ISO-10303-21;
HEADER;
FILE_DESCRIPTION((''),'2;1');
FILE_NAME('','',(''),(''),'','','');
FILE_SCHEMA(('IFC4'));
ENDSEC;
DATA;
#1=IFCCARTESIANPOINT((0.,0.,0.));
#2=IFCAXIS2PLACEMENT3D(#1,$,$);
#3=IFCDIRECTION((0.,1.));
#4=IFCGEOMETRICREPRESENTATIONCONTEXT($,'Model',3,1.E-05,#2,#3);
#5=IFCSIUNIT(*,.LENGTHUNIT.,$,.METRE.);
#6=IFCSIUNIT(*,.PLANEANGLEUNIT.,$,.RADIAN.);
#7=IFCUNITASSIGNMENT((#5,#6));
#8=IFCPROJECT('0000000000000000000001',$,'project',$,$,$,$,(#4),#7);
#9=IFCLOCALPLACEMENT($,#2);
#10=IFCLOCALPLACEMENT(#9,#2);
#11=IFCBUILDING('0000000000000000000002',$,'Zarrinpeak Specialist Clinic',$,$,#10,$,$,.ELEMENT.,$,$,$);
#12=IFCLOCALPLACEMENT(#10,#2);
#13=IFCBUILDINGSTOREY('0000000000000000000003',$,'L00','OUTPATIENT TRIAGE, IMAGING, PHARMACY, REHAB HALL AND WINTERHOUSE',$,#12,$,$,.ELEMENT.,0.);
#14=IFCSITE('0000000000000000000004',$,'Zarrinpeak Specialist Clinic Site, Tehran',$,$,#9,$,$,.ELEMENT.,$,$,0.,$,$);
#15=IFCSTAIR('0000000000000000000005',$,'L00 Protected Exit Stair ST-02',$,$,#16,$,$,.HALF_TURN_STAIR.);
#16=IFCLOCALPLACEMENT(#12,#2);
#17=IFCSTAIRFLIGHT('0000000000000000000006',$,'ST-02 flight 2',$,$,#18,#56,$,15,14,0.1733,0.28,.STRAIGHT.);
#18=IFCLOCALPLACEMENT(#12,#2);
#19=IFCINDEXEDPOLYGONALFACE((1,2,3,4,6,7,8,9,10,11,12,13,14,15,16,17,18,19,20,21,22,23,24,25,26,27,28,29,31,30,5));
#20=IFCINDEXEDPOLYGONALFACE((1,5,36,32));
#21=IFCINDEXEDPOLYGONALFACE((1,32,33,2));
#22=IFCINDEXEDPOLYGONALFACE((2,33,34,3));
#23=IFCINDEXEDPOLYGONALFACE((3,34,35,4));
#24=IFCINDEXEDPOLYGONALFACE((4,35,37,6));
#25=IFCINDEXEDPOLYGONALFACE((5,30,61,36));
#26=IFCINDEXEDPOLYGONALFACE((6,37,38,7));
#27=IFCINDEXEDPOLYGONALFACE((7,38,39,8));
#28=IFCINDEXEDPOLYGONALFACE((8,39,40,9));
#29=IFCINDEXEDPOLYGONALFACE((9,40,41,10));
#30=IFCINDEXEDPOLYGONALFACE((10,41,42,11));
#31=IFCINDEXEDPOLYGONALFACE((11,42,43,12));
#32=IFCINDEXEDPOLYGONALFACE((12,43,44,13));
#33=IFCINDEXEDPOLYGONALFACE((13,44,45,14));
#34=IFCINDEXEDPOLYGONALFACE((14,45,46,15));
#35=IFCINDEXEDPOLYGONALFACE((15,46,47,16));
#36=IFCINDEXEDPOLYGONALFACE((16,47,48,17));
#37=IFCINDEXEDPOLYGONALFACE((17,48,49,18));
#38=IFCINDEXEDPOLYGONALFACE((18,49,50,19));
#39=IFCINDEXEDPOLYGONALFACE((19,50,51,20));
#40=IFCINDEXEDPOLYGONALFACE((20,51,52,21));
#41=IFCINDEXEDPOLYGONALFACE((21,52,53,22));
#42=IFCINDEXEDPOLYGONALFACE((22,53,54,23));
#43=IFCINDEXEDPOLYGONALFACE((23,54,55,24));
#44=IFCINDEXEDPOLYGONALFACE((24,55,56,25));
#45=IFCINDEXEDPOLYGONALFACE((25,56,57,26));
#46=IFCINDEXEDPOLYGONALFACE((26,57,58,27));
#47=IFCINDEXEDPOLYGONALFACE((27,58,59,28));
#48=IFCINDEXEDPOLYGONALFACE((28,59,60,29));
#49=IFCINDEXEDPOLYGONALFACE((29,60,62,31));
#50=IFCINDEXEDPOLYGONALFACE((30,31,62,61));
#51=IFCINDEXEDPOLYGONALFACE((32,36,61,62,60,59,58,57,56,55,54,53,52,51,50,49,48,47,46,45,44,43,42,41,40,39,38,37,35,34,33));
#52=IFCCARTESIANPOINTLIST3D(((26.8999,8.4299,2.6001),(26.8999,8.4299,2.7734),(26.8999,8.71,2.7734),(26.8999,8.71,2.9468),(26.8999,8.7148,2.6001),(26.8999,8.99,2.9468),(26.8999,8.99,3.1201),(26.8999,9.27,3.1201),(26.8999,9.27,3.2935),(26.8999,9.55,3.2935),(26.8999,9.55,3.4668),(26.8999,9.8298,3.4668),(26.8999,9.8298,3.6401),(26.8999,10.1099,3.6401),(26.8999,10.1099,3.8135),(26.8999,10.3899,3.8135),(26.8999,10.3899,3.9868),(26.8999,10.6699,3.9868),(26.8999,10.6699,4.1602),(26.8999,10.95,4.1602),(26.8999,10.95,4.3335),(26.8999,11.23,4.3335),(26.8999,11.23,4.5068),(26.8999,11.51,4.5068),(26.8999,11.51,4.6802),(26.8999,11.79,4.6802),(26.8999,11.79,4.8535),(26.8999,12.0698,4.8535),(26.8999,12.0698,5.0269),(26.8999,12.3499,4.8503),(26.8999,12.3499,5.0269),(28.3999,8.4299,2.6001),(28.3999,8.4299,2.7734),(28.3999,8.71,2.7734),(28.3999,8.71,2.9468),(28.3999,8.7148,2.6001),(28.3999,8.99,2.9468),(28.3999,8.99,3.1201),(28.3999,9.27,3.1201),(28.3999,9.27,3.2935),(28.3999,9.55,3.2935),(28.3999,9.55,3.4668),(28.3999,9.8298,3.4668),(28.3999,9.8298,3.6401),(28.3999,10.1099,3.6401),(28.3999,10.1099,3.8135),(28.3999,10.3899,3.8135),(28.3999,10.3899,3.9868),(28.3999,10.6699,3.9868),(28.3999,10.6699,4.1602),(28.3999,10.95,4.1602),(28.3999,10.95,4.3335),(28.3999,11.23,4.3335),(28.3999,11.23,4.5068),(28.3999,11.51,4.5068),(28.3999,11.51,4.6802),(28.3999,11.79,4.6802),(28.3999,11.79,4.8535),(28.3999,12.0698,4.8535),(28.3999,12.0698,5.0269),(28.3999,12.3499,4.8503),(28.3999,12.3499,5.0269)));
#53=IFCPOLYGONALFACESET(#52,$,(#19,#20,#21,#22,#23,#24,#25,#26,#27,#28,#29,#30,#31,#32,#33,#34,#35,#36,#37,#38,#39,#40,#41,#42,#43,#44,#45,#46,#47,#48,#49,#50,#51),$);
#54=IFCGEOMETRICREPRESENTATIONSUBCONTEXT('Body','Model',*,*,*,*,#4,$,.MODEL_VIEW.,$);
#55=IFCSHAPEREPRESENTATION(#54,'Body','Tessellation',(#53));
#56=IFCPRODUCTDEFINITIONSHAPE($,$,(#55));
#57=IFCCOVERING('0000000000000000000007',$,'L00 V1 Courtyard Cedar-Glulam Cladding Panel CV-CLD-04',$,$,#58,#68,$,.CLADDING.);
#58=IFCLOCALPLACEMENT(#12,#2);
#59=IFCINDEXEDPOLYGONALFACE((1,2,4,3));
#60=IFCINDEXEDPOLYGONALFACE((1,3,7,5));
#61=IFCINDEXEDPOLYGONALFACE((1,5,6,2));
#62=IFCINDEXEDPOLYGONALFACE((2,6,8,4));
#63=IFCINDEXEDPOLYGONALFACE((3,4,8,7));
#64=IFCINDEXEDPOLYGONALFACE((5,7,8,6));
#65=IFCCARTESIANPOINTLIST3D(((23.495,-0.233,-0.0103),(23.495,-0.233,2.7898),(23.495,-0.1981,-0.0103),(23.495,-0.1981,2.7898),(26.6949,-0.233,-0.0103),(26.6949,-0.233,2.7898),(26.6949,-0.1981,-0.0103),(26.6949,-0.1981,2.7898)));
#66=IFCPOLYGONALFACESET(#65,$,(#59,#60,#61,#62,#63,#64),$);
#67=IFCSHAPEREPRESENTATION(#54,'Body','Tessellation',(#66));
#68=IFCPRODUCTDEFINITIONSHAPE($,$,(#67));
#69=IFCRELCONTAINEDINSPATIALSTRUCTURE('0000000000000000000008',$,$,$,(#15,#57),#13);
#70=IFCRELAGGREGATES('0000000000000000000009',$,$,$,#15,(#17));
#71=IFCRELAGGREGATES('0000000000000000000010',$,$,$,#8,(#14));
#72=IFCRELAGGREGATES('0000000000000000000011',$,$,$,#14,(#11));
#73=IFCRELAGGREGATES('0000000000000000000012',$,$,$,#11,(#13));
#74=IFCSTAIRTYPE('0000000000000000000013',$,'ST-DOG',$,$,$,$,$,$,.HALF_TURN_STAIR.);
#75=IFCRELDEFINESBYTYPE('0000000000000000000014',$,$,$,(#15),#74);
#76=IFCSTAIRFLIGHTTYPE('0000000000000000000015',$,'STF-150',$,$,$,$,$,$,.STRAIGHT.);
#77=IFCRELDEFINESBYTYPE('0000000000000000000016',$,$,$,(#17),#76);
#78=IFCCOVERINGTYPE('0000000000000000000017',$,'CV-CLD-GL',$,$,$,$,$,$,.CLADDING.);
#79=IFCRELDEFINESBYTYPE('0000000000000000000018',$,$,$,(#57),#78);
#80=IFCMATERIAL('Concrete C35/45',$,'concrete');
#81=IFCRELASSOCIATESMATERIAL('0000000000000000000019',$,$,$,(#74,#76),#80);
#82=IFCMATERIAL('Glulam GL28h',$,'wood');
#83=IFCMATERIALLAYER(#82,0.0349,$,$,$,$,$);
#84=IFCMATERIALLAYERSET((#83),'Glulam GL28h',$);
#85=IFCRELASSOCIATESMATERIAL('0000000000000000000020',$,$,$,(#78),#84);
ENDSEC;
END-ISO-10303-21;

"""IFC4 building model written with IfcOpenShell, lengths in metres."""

from ifc_helpers import new_model, si_unit, direction, frame, origin, origin_2d, place, context, subcontext, project, spatial, polyline, rectangle, outline, extrude, material, layer, layer_set, type_object, element, aggregate, save


model = new_model("IFC4")

# Units and contexts
model_context = context("Model", 3, precision=1e-05, world=origin(), true_north=direction((0.0, 1.0)))
body_context = subcontext(model_context, "Body", "Model", "MODEL_VIEW")
ifc_project = project(units=[si_unit("LENGTHUNIT", "METRE"), si_unit("PLANEANGLEUNIT", "RADIAN")], contexts=[model_context])

# Site, building, storey
site_placement = place(None, origin())
site = spatial("IfcSite", under=ifc_project, at=site_placement, Name="Zarrinpeak Specialist Clinic Site, Tehran", CompositionType="ELEMENT", RefElevation=0.0)
building_placement = place(site_placement, origin())
building = spatial("IfcBuilding", under=site, at=building_placement, Name="Zarrinpeak Specialist Clinic", CompositionType="ELEMENT")
storey_placement = place(building_placement, origin())
storey = spatial("IfcBuildingStorey", under=building, at=storey_placement, Name="L00", Description="OUTPATIENT TRIAGE, IMAGING, PHARMACY, REHAB HALL AND WINTERHOUSE", CompositionType="ELEMENT", Elevation=0.0)

# Stair, stair flight
ifc_material_1 = material(Name="Concrete C35/45", Category="concrete")
stair_type = type_object("IfcStairType", Name="ST-DOG", PredefinedType="HALF_TURN_STAIR", material=ifc_material_1)
stair_placement = place(storey_placement, origin())
stair = element("IfcStair", 1, at=stair_placement, inside=storey, type_object=stair_type, Name="L00 Protected Exit Stair ST-02", PredefinedType="HALF_TURN_STAIR")
stair_flight_type = type_object("IfcStairFlightType", Name="STF-150", PredefinedType="STRAIGHT", material=ifc_material_1)
stair_flight_1_placement = place(storey_placement, frame((27.6499, 8.4299, 2.6001), z_axis=(0.0, 0.0, 1.0), x_axis=(0.0, 1.0, 0.0)))
stair_flight_1 = element("IfcStairFlight", 2, at=stair_flight_1_placement, type_object=stair_flight_type, Name="ST-02 flight 2", NumberOfRisers=15, NumberOfTreads=14, PredefinedType="STRAIGHT", RiserHeight=0.1733, TreadLength=0.28, context=body_context, shape_type="SweptSolid", body=[
    extrude(outline(polyline([(0.0, 0.0), (0.0, 0.1733), (0.28, 0.1733), (0.28, 0.3467), (0.5601, 0.3467), (0.5601, 0.52), (0.8401, 0.52), (0.8401, 0.6934), (1.1201, 0.6934), (1.1201, 0.8667), (1.3999, 0.8667), (1.3999, 1.04), (1.6799, 1.04), (1.6799, 1.2134), (1.96, 1.2134), (1.96, 1.3867), (2.24, 1.3867), (2.24, 1.5601), (2.52, 1.5601), (2.52, 1.7334), (2.8, 1.7334), (2.8, 1.9067), (3.0801, 1.9067), (3.0801, 2.0801), (3.3601, 2.0801), (3.3601, 2.2534), (3.6399, 2.2534), (3.6399, 2.4268), (3.9199, 2.4268), (3.9199, 2.6001), (3.9199, 2.2502), (0.2849, 0.0), (0.0, 0.0)])), frame((0.0, 0.75, 0.0), z_axis=(0.0, -1.0, 0.0), x_axis=(1.0, 0.0, 0.0)), (0.0, 0.0, 1.0), 1.5),
])
aggregate(stair, [stair_flight_1])

# Covering
ifc_material_2 = material(Name="Glulam GL28h", Category="wood")
ifc_layer_1 = layer(ifc_material_2, 0.0349)
ifc_layer_set_1 = layer_set([ifc_layer_1], Name="Glulam GL28h")
covering_type = type_object("IfcCoveringType", Name="CV-CLD-GL", PredefinedType="CLADDING", material=ifc_layer_set_1)
covering_placement = place(storey_placement, frame((25.095, -0.2156, -0.0103), z_axis=(0.0, 0.0, 1.0), x_axis=(1.0, 0.0, 0.0)))
element("IfcCovering", 3, at=covering_placement, inside=storey, type_object=covering_type, Name="L00 V1 Courtyard Cedar-Glulam Cladding Panel CV-CLD-04", PredefinedType="CLADDING", context=body_context, shape_type="SweptSolid", body=[
    extrude(rectangle(XDim=3.2, YDim=0.0349, at=origin_2d()), origin(), (0.0, 0.0, 1.0), 2.8),
])

save(model, "model.ifc")
